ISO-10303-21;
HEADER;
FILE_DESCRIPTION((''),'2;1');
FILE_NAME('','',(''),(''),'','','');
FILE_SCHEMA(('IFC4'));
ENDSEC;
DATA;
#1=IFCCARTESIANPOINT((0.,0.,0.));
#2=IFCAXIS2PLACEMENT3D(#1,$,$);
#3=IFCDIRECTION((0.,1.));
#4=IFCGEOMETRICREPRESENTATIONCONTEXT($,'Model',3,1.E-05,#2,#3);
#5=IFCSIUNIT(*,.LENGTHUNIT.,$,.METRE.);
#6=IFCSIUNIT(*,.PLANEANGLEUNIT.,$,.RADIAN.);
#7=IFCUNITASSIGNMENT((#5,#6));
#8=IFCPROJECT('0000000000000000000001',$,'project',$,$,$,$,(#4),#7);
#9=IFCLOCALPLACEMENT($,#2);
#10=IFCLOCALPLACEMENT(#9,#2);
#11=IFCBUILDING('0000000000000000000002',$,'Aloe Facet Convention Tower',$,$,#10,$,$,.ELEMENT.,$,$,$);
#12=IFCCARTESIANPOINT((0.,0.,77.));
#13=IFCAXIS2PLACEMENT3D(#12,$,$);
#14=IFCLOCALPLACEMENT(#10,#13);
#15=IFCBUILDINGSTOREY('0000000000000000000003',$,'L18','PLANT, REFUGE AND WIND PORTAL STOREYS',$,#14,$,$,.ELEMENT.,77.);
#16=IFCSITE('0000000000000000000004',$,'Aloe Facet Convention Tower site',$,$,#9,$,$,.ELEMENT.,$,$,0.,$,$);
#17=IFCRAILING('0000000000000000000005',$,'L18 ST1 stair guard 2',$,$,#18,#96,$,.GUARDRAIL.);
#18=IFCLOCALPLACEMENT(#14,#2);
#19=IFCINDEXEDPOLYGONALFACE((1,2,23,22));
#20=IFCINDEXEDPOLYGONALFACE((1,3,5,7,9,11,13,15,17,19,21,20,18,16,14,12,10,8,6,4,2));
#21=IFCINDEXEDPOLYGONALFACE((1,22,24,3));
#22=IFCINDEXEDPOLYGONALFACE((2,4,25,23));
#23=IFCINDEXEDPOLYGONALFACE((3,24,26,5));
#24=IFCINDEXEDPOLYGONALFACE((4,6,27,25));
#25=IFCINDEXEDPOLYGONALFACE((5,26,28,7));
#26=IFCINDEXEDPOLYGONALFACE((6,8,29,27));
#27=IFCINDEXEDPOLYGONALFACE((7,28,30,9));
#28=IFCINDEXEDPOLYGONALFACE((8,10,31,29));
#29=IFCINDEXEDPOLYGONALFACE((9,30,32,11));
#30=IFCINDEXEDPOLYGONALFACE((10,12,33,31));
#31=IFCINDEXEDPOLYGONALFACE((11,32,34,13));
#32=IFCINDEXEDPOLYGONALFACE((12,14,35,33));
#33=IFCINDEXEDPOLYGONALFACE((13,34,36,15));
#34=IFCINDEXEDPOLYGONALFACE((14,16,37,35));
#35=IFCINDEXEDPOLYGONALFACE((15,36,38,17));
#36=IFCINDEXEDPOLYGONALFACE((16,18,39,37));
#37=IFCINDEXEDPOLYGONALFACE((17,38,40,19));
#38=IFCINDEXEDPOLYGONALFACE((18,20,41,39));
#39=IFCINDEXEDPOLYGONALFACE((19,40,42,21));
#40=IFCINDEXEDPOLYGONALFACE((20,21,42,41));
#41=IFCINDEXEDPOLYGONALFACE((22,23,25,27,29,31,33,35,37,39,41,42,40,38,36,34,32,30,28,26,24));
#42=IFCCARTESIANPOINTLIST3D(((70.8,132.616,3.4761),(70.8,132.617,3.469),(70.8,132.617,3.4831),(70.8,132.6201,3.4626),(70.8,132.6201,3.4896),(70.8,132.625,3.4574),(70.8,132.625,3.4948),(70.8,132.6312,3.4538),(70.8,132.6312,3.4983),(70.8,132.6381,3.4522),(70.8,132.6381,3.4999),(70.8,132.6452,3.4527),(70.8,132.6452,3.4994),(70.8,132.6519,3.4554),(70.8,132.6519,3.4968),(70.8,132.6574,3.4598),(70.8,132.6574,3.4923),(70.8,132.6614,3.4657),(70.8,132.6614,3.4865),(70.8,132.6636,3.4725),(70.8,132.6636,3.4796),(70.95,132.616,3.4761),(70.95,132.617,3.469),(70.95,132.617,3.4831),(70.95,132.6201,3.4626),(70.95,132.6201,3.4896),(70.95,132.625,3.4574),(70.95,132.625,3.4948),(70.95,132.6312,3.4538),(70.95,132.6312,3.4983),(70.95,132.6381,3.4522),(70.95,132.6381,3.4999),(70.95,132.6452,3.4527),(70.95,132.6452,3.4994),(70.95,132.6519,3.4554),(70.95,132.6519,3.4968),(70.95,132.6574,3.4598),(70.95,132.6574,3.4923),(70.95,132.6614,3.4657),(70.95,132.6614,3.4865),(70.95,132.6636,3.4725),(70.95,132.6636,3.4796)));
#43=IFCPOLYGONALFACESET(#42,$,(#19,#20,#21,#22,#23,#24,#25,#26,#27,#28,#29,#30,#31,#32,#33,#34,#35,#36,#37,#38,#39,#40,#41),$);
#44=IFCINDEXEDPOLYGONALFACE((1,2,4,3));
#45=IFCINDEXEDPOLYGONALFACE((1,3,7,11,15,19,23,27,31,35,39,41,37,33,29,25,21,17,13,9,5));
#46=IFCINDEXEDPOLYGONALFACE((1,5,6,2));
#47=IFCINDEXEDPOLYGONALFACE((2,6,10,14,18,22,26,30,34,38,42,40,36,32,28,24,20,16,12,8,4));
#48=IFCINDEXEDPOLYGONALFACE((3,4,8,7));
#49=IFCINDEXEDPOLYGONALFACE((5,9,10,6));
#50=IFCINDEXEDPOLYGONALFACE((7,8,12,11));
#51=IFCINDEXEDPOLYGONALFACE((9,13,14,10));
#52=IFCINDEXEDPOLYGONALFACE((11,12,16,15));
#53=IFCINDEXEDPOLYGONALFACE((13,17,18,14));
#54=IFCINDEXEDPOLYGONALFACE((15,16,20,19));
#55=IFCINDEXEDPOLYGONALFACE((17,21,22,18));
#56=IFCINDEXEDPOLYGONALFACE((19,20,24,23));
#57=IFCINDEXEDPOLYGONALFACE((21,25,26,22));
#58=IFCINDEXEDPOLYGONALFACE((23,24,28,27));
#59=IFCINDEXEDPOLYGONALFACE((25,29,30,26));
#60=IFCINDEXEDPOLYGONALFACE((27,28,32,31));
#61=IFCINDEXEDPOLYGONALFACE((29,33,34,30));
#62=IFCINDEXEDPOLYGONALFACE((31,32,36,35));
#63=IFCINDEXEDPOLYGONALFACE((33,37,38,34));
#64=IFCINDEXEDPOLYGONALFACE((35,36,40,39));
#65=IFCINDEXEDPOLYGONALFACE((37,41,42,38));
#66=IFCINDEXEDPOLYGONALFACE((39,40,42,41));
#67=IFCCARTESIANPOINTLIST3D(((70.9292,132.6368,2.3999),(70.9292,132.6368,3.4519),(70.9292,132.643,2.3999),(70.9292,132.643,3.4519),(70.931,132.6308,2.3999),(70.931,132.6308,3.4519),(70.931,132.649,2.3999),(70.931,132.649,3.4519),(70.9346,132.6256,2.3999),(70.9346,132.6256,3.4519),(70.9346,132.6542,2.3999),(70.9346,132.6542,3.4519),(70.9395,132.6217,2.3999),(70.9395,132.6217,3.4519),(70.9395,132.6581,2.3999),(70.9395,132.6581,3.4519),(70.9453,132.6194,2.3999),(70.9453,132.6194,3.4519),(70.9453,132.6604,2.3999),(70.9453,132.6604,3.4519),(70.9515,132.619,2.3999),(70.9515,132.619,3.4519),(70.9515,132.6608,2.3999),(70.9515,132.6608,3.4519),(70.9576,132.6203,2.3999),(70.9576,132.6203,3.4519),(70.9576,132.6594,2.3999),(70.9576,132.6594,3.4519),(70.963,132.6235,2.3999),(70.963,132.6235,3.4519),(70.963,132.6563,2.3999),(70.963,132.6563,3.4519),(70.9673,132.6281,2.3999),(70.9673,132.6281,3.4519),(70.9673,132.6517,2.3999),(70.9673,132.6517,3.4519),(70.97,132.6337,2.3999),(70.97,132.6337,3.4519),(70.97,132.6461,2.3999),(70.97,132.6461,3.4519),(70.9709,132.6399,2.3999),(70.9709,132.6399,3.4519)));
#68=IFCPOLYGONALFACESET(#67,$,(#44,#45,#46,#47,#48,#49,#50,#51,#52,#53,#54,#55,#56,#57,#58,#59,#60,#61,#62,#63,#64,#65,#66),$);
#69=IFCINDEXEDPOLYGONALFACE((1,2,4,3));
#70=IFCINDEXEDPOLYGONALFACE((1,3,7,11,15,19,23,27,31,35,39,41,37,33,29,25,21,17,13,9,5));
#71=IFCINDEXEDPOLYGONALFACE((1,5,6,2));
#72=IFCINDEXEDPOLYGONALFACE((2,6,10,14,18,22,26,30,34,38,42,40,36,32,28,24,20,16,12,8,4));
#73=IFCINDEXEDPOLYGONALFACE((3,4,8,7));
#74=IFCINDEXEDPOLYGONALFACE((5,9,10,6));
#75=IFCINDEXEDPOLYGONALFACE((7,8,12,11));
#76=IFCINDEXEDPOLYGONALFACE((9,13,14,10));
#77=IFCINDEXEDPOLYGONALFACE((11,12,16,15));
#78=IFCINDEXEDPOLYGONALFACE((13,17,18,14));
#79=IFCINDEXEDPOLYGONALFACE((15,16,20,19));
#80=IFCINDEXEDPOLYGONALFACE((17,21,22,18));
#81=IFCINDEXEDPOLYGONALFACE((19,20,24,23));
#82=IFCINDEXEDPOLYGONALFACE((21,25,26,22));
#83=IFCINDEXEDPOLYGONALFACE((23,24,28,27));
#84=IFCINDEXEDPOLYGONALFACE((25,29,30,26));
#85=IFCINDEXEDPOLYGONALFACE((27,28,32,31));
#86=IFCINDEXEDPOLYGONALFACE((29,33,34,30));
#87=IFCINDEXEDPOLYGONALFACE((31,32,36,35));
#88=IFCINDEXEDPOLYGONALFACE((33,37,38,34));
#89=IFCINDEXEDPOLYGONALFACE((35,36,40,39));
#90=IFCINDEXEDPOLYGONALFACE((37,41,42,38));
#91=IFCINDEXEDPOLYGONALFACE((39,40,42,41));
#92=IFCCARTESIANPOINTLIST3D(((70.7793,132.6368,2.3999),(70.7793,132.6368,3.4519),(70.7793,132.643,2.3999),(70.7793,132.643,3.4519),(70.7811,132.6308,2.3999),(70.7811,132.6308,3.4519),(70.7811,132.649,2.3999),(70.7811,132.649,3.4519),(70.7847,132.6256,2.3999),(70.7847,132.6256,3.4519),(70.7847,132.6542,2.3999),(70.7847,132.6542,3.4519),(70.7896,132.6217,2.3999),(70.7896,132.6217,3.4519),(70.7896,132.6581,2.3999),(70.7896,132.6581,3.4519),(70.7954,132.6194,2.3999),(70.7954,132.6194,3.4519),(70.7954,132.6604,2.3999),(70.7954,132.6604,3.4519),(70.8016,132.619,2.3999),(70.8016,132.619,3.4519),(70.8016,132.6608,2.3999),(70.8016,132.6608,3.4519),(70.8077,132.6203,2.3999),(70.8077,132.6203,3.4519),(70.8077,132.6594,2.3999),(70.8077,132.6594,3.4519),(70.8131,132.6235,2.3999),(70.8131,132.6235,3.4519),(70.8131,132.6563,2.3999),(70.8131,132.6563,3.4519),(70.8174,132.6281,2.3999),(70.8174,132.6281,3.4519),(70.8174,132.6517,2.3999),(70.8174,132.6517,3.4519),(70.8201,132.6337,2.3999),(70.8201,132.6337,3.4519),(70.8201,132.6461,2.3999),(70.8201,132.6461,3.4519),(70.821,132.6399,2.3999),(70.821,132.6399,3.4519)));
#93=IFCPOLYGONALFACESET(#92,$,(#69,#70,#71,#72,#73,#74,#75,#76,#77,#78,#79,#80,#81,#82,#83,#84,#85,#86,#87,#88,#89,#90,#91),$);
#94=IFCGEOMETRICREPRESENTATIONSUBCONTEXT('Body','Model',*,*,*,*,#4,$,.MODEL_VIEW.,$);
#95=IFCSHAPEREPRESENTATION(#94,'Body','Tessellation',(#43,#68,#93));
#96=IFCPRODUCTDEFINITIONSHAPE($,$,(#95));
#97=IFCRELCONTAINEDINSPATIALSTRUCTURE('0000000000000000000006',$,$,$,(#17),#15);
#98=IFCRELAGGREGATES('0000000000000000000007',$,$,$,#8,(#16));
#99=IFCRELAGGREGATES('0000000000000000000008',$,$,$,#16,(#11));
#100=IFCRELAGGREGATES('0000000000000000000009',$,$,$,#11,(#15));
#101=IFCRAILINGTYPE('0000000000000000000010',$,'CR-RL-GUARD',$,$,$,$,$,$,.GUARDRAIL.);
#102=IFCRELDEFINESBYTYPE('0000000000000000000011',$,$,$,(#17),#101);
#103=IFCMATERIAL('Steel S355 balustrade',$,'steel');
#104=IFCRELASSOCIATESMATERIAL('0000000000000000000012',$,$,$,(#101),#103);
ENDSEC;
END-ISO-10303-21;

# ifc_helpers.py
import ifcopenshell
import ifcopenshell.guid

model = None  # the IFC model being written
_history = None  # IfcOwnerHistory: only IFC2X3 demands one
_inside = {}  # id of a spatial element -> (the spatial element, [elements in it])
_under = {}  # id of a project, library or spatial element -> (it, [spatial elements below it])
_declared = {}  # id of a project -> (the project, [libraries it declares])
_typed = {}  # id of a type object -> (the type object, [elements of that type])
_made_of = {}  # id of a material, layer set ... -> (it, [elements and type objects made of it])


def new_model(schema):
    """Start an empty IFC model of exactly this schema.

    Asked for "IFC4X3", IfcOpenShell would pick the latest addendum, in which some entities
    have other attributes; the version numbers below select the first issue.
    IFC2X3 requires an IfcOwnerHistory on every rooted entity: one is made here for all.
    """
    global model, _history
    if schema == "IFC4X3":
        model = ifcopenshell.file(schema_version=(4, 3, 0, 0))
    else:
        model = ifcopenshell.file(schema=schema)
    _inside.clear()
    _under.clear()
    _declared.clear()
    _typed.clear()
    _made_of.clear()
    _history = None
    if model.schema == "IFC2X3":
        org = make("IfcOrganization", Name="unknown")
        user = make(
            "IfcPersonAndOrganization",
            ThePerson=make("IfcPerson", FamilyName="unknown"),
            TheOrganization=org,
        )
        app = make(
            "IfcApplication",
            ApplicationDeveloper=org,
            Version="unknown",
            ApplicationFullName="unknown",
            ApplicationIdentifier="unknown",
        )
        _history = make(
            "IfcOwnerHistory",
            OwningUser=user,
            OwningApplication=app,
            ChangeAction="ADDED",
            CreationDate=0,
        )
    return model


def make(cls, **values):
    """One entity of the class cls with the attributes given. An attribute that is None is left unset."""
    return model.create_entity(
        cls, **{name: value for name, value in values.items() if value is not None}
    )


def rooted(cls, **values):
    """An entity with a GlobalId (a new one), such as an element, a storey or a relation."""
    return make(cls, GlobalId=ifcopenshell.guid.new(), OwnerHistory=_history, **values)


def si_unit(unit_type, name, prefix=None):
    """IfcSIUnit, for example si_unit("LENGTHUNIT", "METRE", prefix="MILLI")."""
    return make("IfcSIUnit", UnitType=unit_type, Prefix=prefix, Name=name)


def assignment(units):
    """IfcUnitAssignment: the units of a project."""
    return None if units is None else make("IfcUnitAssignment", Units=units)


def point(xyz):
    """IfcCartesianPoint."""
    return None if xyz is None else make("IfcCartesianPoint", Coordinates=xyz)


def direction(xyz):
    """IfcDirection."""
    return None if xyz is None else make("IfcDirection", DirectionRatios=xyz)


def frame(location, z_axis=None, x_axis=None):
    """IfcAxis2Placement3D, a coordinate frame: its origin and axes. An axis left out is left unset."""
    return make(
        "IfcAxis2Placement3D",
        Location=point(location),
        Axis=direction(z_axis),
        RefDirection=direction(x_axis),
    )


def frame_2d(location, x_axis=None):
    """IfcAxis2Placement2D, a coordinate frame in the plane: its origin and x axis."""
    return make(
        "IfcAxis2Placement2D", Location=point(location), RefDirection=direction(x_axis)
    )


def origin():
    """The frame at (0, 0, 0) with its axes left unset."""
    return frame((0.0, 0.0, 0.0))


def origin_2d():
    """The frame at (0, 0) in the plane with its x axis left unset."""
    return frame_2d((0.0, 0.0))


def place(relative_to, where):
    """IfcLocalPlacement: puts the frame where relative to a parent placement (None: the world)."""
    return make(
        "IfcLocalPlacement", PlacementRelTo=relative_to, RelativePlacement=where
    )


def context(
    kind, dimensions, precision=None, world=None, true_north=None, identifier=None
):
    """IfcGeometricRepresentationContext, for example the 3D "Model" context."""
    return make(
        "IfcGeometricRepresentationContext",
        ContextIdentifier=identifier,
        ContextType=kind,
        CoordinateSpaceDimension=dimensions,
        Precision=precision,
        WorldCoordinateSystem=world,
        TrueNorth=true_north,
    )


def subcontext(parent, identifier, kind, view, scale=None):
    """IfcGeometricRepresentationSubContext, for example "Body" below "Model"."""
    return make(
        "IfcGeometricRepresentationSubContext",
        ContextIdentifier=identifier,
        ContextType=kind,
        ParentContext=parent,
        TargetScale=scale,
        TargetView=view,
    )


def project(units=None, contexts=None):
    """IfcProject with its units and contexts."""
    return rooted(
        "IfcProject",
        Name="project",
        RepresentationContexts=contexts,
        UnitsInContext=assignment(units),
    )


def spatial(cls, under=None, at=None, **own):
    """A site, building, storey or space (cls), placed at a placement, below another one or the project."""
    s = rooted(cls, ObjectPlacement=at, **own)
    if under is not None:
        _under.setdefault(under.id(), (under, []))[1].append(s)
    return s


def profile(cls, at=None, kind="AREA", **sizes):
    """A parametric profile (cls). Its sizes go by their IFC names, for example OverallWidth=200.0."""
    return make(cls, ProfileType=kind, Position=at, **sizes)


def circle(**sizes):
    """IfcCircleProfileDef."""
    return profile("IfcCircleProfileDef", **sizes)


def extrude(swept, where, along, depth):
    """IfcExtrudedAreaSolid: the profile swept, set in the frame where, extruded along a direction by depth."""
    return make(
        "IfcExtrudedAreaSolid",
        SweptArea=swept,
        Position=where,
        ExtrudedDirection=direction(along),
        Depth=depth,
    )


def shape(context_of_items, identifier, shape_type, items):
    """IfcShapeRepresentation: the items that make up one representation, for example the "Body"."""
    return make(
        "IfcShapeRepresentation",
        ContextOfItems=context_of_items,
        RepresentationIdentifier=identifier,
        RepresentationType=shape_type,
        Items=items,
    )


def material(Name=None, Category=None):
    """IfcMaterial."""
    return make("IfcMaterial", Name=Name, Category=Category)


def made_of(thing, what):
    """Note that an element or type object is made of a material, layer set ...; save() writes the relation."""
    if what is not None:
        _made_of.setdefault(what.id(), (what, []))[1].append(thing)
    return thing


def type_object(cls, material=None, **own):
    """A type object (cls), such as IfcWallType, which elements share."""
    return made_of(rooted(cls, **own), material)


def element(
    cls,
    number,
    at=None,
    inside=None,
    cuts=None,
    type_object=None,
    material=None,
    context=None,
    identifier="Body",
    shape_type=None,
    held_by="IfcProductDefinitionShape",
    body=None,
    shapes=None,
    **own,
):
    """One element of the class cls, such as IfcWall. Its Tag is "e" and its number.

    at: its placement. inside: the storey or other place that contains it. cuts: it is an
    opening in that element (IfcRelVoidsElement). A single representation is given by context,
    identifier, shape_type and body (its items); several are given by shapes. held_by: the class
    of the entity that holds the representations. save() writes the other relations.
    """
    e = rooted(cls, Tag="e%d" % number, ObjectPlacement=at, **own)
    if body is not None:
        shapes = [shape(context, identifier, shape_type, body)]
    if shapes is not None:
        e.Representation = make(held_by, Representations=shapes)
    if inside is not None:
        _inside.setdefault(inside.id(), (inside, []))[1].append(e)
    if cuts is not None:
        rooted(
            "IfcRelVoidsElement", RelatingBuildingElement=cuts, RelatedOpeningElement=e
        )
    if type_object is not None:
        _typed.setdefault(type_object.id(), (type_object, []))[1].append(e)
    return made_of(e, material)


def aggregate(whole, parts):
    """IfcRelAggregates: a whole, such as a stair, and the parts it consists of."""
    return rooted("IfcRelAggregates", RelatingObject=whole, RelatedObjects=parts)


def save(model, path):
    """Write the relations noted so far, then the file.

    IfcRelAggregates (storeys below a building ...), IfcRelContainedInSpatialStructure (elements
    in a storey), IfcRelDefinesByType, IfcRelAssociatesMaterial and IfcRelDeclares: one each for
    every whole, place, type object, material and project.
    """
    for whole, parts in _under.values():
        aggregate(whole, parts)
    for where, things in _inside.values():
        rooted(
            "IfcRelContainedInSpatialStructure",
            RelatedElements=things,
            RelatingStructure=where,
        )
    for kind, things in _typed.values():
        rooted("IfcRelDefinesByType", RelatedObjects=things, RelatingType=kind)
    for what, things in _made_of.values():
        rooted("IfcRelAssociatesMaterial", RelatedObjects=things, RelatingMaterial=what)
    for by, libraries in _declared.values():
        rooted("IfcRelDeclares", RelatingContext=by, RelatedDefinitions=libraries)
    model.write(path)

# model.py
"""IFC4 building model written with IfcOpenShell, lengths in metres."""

from ifc_helpers import new_model, si_unit, direction, frame, origin, origin_2d, place, context, subcontext, project, spatial, circle, extrude, material, type_object, element, save


model = new_model("IFC4")

# Units and contexts
model_context = context("Model", 3, precision=1e-05, world=origin(), true_north=direction((0.0, 1.0)))
body_context = subcontext(model_context, "Body", "Model", "MODEL_VIEW")
ifc_project = project(units=[si_unit("LENGTHUNIT", "METRE"), si_unit("PLANEANGLEUNIT", "RADIAN")], contexts=[model_context])

# Site, building, storey
site_placement = place(None, origin())
site = spatial("IfcSite", under=ifc_project, at=site_placement, Name="Aloe Facet Convention Tower site", CompositionType="ELEMENT", RefElevation=0.0)
building_placement = place(site_placement, origin())
building = spatial("IfcBuilding", under=site, at=building_placement, Name="Aloe Facet Convention Tower", CompositionType="ELEMENT")
storey_placement = place(building_placement, frame((0.0, 0.0, 77.0)))
storey = spatial("IfcBuildingStorey", under=building, at=storey_placement, Name="L18", Description="PLANT, REFUGE AND WIND PORTAL STOREYS", CompositionType="ELEMENT", Elevation=77.0)

# Railing
ifc_material_1 = material(Name="Steel S355 balustrade", Category="steel")
railing_type_1 = type_object("IfcRailingType", Name="CR-RL-GUARD", PredefinedType="GUARDRAIL", material=ifc_material_1)
railing_1_placement = place(storey_placement, frame((70.95, 132.6399, 2.3999)))
element("IfcRailing", 1, at=railing_1_placement, inside=storey, type_object=railing_type_1, Name="L18 ST1 stair guard 2", PredefinedType="GUARDRAIL", context=body_context, shape_type="SweptSolid", body=[
    extrude(circle(Radius=0.0239, at=origin_2d()), frame((0.0, 0.0, 1.0762), z_axis=(-1.0, 0.0, 0.0), x_axis=(0.0, -1.0, 0.0)), (0.0, 0.0, 1.0), 0.1499),
    extrude(circle(Radius=0.021, at=origin_2d()), origin(), (0.0, 0.0, 1.0), 1.052),
    extrude(circle(Radius=0.021, at=origin_2d()), frame((-0.1499, 0.0, 0.0)), (0.0, 0.0, 1.0), 1.052),
])

save(model, "model.ifc")
